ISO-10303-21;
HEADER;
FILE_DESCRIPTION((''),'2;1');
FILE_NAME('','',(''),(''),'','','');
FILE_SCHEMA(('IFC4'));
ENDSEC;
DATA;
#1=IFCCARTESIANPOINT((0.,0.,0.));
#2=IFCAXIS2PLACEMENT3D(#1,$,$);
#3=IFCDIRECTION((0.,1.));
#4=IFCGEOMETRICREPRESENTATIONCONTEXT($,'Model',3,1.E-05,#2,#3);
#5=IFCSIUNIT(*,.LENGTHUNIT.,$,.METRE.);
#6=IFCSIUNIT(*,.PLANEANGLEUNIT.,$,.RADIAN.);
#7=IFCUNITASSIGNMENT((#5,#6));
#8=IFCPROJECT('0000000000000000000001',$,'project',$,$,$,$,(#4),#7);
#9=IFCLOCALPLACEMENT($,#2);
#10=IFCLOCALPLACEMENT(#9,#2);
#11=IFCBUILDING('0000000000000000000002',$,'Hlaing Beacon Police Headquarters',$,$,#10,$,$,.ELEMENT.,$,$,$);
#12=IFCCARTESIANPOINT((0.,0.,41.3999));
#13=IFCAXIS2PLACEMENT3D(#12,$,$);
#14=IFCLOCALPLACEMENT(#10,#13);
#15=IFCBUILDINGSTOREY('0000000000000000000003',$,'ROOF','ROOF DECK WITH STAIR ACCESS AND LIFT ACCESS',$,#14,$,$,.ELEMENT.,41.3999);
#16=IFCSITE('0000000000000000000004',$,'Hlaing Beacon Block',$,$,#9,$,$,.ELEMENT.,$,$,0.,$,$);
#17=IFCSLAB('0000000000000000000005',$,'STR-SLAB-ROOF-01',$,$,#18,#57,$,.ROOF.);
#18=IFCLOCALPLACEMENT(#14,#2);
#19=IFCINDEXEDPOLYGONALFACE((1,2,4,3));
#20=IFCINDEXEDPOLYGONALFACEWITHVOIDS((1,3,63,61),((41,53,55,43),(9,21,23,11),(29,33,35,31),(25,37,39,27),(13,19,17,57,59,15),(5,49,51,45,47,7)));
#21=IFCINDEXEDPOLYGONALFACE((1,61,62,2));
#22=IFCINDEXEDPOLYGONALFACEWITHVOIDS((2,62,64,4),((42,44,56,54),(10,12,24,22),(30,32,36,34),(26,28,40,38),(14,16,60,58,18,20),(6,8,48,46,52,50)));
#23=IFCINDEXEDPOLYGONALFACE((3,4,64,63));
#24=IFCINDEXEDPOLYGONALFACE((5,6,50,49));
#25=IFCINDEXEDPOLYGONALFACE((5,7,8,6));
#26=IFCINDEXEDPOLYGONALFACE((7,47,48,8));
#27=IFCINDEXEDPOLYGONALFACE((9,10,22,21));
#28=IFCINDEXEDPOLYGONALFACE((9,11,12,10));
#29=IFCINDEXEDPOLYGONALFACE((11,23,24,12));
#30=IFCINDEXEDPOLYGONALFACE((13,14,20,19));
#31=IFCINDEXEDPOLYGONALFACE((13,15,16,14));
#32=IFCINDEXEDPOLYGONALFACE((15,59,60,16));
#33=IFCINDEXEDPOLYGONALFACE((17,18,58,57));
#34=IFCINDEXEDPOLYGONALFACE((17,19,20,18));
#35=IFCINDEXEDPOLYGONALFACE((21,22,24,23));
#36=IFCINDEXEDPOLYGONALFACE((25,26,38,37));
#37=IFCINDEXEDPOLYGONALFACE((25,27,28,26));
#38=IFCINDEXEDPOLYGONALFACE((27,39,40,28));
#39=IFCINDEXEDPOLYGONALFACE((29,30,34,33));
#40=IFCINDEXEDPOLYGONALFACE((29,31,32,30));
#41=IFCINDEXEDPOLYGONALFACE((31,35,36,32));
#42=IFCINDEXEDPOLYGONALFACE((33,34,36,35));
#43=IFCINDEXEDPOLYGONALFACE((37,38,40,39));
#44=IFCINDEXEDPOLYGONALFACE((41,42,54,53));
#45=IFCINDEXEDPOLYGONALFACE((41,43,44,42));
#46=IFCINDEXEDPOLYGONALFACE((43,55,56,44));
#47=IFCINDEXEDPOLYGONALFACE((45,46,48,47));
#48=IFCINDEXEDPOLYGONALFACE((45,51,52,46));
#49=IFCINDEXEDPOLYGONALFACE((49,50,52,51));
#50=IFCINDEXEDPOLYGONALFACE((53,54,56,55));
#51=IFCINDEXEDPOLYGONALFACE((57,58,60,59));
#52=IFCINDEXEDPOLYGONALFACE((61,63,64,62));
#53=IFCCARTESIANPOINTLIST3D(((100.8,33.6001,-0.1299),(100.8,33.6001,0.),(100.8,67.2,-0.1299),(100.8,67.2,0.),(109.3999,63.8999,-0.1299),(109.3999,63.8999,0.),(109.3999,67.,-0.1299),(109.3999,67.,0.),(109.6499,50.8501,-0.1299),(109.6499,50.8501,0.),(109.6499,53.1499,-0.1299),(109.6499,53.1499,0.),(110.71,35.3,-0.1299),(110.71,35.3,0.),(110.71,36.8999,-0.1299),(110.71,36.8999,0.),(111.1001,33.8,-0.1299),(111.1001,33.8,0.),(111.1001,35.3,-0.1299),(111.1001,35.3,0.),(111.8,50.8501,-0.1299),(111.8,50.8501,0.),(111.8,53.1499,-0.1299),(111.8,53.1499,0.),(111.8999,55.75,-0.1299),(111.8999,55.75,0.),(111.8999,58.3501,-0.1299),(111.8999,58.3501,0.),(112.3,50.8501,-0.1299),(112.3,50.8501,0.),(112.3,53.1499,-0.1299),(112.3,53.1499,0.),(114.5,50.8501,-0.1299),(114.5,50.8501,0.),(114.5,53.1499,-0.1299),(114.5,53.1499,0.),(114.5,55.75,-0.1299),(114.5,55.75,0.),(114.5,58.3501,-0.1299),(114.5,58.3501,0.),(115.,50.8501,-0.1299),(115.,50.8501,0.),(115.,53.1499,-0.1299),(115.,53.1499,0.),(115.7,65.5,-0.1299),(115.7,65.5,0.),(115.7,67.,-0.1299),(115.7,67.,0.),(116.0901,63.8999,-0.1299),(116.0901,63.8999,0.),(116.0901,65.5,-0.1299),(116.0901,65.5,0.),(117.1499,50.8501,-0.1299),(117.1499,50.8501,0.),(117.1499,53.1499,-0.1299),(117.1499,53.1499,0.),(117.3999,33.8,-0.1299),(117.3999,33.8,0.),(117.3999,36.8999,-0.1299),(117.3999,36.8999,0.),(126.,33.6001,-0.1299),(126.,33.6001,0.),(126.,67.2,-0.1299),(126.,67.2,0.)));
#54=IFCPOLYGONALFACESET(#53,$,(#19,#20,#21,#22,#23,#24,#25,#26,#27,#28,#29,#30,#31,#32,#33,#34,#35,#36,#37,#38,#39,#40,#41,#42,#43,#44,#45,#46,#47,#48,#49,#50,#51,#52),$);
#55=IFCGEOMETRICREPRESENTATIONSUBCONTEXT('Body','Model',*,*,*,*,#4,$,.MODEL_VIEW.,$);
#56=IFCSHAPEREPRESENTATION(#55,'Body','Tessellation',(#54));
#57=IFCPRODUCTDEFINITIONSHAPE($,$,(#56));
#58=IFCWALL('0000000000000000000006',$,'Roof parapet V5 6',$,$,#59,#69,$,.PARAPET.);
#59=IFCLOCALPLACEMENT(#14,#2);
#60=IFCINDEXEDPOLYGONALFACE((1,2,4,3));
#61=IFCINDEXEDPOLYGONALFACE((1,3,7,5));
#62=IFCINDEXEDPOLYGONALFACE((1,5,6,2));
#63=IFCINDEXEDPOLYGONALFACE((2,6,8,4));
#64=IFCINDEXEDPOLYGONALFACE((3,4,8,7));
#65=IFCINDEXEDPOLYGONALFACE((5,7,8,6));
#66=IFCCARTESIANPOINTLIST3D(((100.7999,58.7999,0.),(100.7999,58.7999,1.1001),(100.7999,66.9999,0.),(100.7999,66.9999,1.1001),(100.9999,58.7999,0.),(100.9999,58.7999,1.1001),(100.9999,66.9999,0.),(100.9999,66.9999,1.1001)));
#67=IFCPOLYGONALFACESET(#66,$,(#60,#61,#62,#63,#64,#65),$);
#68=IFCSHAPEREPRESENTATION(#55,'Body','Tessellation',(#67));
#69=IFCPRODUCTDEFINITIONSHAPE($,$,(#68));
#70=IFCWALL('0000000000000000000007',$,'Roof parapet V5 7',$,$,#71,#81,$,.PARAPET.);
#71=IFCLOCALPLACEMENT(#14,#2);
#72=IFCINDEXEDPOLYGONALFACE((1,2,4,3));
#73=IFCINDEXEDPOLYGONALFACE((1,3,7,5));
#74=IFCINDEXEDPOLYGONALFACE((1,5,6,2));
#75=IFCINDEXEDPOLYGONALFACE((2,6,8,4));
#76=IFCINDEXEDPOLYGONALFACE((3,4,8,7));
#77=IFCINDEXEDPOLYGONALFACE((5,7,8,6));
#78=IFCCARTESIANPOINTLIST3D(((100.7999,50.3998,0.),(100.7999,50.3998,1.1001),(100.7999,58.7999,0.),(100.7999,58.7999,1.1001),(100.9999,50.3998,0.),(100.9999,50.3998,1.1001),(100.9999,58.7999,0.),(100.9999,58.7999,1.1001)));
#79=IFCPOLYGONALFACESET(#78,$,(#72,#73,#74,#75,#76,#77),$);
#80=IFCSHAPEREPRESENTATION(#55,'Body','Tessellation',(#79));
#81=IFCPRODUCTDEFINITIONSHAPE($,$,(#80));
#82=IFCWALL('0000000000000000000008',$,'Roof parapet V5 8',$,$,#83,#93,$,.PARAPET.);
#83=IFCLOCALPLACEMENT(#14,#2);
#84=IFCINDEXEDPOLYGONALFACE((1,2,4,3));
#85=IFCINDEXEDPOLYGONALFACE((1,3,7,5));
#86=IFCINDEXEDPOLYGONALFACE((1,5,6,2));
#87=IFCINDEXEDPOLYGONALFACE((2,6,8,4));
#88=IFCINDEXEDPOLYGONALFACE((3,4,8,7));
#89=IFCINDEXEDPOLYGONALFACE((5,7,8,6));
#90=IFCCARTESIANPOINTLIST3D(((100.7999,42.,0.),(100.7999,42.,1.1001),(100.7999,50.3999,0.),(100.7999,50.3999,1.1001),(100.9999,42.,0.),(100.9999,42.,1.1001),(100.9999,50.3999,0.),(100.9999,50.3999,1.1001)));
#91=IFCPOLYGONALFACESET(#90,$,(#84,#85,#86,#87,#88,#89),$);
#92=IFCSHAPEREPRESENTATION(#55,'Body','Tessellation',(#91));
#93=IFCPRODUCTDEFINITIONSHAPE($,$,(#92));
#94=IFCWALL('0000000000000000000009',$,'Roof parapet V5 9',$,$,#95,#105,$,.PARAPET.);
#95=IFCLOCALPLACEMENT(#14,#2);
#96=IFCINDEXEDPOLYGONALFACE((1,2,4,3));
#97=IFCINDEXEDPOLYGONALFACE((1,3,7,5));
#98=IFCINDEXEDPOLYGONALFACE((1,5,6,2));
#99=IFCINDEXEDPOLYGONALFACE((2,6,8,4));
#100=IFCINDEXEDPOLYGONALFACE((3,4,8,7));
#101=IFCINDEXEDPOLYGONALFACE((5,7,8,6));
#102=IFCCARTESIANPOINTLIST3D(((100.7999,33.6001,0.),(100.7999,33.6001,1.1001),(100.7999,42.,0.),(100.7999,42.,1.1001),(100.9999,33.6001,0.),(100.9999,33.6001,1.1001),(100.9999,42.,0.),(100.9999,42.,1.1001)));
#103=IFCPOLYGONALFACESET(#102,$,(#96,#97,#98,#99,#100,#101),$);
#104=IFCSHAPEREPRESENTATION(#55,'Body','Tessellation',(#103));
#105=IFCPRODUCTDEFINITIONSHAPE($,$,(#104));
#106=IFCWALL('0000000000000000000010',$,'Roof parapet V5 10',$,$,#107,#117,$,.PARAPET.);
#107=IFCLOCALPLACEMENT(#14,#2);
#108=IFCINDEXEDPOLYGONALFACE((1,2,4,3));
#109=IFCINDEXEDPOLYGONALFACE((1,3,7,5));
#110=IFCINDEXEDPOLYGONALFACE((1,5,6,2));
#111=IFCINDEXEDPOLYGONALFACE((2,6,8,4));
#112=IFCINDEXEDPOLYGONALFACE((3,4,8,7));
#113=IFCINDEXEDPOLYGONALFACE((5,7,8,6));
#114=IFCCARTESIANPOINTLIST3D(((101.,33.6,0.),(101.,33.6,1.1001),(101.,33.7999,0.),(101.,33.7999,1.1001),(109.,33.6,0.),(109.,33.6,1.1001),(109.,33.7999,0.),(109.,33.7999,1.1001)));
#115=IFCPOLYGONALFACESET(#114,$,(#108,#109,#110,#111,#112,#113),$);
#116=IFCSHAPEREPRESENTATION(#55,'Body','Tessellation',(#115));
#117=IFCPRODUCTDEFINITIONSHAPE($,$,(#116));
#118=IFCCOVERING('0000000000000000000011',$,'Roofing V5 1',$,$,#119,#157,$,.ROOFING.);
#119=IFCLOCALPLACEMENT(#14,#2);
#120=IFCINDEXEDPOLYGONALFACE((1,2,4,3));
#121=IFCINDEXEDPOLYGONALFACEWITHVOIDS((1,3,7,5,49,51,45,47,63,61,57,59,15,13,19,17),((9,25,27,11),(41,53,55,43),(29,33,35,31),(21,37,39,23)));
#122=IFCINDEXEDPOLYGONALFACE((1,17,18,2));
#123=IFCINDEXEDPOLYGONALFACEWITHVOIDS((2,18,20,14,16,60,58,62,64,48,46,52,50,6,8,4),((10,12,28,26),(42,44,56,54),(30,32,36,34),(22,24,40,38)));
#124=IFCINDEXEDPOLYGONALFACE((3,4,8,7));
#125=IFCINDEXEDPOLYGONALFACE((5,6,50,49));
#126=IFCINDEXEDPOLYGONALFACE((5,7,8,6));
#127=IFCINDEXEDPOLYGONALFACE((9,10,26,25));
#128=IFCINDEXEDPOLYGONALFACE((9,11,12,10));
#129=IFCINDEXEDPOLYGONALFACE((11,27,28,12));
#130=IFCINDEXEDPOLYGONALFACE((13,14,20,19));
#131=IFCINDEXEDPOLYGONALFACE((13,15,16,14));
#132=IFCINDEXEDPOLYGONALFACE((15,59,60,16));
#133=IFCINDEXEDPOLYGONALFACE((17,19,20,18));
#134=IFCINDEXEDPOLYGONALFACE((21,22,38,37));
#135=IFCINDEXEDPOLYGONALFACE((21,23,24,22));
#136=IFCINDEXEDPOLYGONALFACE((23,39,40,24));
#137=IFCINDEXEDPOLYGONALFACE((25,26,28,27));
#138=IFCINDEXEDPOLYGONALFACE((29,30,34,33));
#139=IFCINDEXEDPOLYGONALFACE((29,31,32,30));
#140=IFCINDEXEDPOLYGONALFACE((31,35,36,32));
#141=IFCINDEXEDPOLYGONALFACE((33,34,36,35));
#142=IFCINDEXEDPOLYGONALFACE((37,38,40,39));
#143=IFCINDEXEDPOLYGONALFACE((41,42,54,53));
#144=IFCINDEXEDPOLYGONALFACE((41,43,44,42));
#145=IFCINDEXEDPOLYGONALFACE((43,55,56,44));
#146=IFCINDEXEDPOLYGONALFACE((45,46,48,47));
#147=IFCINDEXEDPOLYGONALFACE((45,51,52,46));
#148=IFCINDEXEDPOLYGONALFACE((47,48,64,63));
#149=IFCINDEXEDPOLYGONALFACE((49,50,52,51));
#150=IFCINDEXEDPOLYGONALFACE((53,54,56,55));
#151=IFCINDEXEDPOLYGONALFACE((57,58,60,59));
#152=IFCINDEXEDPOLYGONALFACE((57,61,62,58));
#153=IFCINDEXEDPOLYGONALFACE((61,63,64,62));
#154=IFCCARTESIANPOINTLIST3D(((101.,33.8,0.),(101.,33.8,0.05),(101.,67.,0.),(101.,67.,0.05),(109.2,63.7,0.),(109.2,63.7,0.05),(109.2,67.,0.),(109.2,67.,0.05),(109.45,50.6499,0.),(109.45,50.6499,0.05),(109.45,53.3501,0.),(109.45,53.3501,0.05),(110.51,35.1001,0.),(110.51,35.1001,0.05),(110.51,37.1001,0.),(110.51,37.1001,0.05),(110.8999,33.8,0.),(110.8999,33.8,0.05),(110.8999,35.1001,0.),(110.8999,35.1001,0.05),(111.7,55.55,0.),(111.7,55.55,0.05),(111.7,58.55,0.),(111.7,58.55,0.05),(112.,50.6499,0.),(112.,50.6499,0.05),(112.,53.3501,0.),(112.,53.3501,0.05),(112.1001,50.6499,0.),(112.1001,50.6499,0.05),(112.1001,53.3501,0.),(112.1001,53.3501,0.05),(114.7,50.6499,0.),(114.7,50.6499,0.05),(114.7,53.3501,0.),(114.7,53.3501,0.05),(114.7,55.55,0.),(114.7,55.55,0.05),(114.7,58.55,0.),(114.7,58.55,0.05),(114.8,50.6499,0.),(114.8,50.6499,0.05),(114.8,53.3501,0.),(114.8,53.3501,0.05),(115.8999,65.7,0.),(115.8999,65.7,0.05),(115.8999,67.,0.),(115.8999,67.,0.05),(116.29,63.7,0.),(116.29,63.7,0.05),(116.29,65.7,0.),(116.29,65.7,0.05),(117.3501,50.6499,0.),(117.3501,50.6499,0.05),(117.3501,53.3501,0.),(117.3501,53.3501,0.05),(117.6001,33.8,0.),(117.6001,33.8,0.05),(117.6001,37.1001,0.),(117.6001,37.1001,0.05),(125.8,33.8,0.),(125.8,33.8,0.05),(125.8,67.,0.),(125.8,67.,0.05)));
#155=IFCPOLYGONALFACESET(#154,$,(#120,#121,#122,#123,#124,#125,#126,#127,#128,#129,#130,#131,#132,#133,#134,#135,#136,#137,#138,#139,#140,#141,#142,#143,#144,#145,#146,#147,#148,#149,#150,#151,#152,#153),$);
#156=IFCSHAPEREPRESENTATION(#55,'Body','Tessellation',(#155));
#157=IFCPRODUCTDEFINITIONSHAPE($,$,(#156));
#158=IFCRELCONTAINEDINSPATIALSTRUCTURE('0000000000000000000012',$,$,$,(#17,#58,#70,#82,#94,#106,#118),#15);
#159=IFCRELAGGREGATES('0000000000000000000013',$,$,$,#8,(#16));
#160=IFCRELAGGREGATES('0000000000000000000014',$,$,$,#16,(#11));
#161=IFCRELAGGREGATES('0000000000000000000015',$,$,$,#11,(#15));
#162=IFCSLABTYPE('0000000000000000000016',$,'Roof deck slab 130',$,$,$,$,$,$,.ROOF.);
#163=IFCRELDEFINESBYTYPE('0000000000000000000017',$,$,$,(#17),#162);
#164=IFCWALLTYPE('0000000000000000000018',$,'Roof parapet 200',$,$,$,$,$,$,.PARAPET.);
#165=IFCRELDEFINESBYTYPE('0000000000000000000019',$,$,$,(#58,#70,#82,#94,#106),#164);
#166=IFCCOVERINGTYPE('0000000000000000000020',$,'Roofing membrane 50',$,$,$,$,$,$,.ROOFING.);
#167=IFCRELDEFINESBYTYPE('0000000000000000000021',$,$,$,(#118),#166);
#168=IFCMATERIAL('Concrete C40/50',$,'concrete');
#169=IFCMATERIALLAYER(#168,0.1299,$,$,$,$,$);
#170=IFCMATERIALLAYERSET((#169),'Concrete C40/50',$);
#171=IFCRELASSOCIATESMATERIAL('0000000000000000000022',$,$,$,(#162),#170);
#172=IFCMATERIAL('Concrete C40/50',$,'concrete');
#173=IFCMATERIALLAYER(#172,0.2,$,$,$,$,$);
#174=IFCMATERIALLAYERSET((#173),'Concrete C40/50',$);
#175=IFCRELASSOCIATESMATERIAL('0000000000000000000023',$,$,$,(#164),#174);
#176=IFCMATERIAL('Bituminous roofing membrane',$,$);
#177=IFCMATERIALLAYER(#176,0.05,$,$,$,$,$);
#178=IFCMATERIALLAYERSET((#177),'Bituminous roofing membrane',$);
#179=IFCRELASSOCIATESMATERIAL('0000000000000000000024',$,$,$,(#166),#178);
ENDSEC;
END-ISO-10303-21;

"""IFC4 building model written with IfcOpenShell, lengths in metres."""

from ifc_helpers import new_model, si_unit, direction, frame, frame_2d, origin, place, context, subcontext, project, spatial, polyline, rectangle, outline, extrude, material, layer, layer_set, type_object, element, save


model = new_model("IFC4")

# Units and contexts
model_context = context("Model", 3, precision=1e-05, world=origin(), true_north=direction((0.0, 1.0)))
body_context = subcontext(model_context, "Body", "Model", "MODEL_VIEW")
ifc_project = project(units=[si_unit("LENGTHUNIT", "METRE"), si_unit("PLANEANGLEUNIT", "RADIAN")], contexts=[model_context])

# Site, building, storey
site_placement = place(None, origin())
site = spatial("IfcSite", under=ifc_project, at=site_placement, Name="Hlaing Beacon Block", CompositionType="ELEMENT", RefElevation=0.0)
building_placement = place(site_placement, origin())
building = spatial("IfcBuilding", under=site, at=building_placement, Name="Hlaing Beacon Police Headquarters", CompositionType="ELEMENT")
storey_placement = place(building_placement, frame((0.0, 0.0, 41.3999)))
storey = spatial("IfcBuildingStorey", under=building, at=storey_placement, Name="ROOF", Description="ROOF DECK WITH STAIR ACCESS AND LIFT ACCESS", CompositionType="ELEMENT", Elevation=41.3999)

# Slab
ifc_material_1 = material(Name="Concrete C40/50", Category="concrete")
ifc_layer_1 = layer(ifc_material_1, 0.1299)
ifc_layer_set_1 = layer_set([ifc_layer_1], Name="Concrete C40/50")
slab_type_1 = type_object("IfcSlabType", Name="Roof deck slab 130", PredefinedType="ROOF", material=ifc_layer_set_1)
slab_1_placement = place(storey_placement, frame((0.0, 0.0, -0.1299)))
element("IfcSlab", 1, at=slab_1_placement, inside=storey, type_object=slab_type_1, Name="STR-SLAB-ROOF-01", PredefinedType="ROOF", context=body_context, shape_type="SweptSolid", body=[
    extrude(outline(polyline([(100.8, 33.6001), (126.0, 33.6001), (126.0, 67.2), (100.8, 67.2), (100.8, 33.6001)]), holes=[polyline([(109.3999, 63.8999), (116.0901, 63.8999), (116.0901, 65.5), (115.7, 65.5), (115.7, 67.0), (109.3999, 67.0), (109.3999, 63.8999)]), polyline([(109.6499, 50.8501), (111.8, 50.8501), (111.8, 53.1499), (109.6499, 53.1499), (109.6499, 50.8501)]), polyline([(111.1001, 33.8), (117.3999, 33.8), (117.3999, 36.8999), (110.71, 36.8999), (110.71, 35.3), (111.1001, 35.3), (111.1001, 33.8)]), polyline([(111.8999, 55.75), (114.5, 55.75), (114.5, 58.3501), (111.8999, 58.3501), (111.8999, 55.75)]), polyline([(112.3, 50.8501), (114.5, 50.8501), (114.5, 53.1499), (112.3, 53.1499), (112.3, 50.8501)]), polyline([(115.0, 50.8501), (117.1499, 50.8501), (117.1499, 53.1499), (115.0, 53.1499), (115.0, 50.8501)])]), origin(), (0.0, 0.0, 1.0), 0.1299),
])

# Walls
ifc_material_2 = material(Name="Concrete C40/50", Category="concrete")
ifc_layer_2 = layer(ifc_material_2, 0.2)
ifc_layer_set_2 = layer_set([ifc_layer_2], Name="Concrete C40/50")
wall_type = type_object("IfcWallType", Name="Roof parapet 200", PredefinedType="PARAPET", material=ifc_layer_set_2)
wall_1_placement = place(storey_placement, frame((100.8999, 67.0, 0.0), z_axis=(0.0, 0.0, 1.0), x_axis=(0.0, -1.0, 0.0)))
element("IfcWall", 2, at=wall_1_placement, inside=storey, type_object=wall_type, Name="Roof parapet V5 6", PredefinedType="PARAPET", context=body_context, shape_type="SweptSolid", body=[
    extrude(rectangle(XDim=8.2, YDim=0.2, at=frame_2d((4.1001, 0.0))), origin(), (0.0, 0.0, 1.0), 1.1001),
])
wall_2_placement = place(storey_placement, frame((100.8999, 58.8, 0.0), z_axis=(0.0, 0.0, 1.0), x_axis=(0.0, -1.0, 0.0)))
element("IfcWall", 3, at=wall_2_placement, inside=storey, type_object=wall_type, Name="Roof parapet V5 7", PredefinedType="PARAPET", context=body_context, shape_type="SweptSolid", body=[
    extrude(rectangle(XDim=8.4001, YDim=0.2, at=frame_2d((4.2002, 0.0))), origin(), (0.0, 0.0, 1.0), 1.1001),
])
for number, where, z_axis, x_axis, name in (
    (4, (100.8999, 50.3999, 0.0), (0.0, 0.0, 1.0), (0.0, -1.0, 0.0), "Roof parapet V5 8"),
    (5, (100.8999, 42.0, 0.0), (0.0, 0.0, 1.0), (0.0, -1.0, 0.0), "Roof parapet V5 9"),
):
    element("IfcWall", number, at=place(storey_placement, frame(where, z_axis=z_axis, x_axis=x_axis)), inside=storey, type_object=wall_type, Name=name, PredefinedType="PARAPET", context=body_context, shape_type="SweptSolid", body=[
        extrude(rectangle(XDim=8.3999, YDim=0.2, at=frame_2d((4.2, 0.0))), origin(), (0.0, 0.0, 1.0), 1.1001),
    ])
wall_3_placement = place(storey_placement, frame((101.0, 33.7, 0.0), z_axis=(0.0, 0.0, 1.0), x_axis=(1.0, 0.0, 0.0)))
element("IfcWall", 6, at=wall_3_placement, inside=storey, type_object=wall_type, Name="Roof parapet V5 10", PredefinedType="PARAPET", context=body_context, shape_type="SweptSolid", body=[
    extrude(rectangle(XDim=8.0, YDim=0.2, at=frame_2d((4.0, 0.0))), origin(), (0.0, 0.0, 1.0), 1.1001),
])

# Covering
ifc_material_3 = material(Name="Bituminous roofing membrane")
ifc_layer_3 = layer(ifc_material_3, 0.05)
ifc_layer_set_3 = layer_set([ifc_layer_3], Name="Bituminous roofing membrane")
covering_type = type_object("IfcCoveringType", Name="Roofing membrane 50", PredefinedType="ROOFING", material=ifc_layer_set_3)
covering_placement = place(storey_placement, origin())
element("IfcCovering", 7, at=covering_placement, inside=storey, type_object=covering_type, Name="Roofing V5 1", PredefinedType="ROOFING", context=body_context, shape_type="SweptSolid", body=[
    extrude(outline(polyline([(115.8999, 65.7), (115.8999, 67.0), (125.8, 67.0), (125.8, 33.8), (117.6001, 33.8), (117.6001, 37.1001), (110.51, 37.1001), (110.51, 35.1001), (110.8999, 35.1001), (110.8999, 33.8), (101.0, 33.8), (101.0, 67.0), (109.2, 67.0), (109.2, 63.7), (116.29, 63.7), (116.29, 65.7), (115.8999, 65.7)]), holes=[polyline([(117.3501, 53.3501), (114.8, 53.3501), (114.8, 50.6499), (117.3501, 50.6499), (117.3501, 53.3501)]), polyline([(114.7, 58.55), (111.7, 58.55), (111.7, 55.55), (114.7, 55.55), (114.7, 58.55)]), polyline([(114.7, 53.3501), (112.1001, 53.3501), (112.1001, 50.6499), (114.7, 50.6499), (114.7, 53.3501)]), polyline([(112.0, 53.3501), (109.45, 53.3501), (109.45, 50.6499), (112.0, 50.6499), (112.0, 53.3501)])]), origin(), (0.0, 0.0, 1.0), 0.05),
])

save(model, "model.ifc")
